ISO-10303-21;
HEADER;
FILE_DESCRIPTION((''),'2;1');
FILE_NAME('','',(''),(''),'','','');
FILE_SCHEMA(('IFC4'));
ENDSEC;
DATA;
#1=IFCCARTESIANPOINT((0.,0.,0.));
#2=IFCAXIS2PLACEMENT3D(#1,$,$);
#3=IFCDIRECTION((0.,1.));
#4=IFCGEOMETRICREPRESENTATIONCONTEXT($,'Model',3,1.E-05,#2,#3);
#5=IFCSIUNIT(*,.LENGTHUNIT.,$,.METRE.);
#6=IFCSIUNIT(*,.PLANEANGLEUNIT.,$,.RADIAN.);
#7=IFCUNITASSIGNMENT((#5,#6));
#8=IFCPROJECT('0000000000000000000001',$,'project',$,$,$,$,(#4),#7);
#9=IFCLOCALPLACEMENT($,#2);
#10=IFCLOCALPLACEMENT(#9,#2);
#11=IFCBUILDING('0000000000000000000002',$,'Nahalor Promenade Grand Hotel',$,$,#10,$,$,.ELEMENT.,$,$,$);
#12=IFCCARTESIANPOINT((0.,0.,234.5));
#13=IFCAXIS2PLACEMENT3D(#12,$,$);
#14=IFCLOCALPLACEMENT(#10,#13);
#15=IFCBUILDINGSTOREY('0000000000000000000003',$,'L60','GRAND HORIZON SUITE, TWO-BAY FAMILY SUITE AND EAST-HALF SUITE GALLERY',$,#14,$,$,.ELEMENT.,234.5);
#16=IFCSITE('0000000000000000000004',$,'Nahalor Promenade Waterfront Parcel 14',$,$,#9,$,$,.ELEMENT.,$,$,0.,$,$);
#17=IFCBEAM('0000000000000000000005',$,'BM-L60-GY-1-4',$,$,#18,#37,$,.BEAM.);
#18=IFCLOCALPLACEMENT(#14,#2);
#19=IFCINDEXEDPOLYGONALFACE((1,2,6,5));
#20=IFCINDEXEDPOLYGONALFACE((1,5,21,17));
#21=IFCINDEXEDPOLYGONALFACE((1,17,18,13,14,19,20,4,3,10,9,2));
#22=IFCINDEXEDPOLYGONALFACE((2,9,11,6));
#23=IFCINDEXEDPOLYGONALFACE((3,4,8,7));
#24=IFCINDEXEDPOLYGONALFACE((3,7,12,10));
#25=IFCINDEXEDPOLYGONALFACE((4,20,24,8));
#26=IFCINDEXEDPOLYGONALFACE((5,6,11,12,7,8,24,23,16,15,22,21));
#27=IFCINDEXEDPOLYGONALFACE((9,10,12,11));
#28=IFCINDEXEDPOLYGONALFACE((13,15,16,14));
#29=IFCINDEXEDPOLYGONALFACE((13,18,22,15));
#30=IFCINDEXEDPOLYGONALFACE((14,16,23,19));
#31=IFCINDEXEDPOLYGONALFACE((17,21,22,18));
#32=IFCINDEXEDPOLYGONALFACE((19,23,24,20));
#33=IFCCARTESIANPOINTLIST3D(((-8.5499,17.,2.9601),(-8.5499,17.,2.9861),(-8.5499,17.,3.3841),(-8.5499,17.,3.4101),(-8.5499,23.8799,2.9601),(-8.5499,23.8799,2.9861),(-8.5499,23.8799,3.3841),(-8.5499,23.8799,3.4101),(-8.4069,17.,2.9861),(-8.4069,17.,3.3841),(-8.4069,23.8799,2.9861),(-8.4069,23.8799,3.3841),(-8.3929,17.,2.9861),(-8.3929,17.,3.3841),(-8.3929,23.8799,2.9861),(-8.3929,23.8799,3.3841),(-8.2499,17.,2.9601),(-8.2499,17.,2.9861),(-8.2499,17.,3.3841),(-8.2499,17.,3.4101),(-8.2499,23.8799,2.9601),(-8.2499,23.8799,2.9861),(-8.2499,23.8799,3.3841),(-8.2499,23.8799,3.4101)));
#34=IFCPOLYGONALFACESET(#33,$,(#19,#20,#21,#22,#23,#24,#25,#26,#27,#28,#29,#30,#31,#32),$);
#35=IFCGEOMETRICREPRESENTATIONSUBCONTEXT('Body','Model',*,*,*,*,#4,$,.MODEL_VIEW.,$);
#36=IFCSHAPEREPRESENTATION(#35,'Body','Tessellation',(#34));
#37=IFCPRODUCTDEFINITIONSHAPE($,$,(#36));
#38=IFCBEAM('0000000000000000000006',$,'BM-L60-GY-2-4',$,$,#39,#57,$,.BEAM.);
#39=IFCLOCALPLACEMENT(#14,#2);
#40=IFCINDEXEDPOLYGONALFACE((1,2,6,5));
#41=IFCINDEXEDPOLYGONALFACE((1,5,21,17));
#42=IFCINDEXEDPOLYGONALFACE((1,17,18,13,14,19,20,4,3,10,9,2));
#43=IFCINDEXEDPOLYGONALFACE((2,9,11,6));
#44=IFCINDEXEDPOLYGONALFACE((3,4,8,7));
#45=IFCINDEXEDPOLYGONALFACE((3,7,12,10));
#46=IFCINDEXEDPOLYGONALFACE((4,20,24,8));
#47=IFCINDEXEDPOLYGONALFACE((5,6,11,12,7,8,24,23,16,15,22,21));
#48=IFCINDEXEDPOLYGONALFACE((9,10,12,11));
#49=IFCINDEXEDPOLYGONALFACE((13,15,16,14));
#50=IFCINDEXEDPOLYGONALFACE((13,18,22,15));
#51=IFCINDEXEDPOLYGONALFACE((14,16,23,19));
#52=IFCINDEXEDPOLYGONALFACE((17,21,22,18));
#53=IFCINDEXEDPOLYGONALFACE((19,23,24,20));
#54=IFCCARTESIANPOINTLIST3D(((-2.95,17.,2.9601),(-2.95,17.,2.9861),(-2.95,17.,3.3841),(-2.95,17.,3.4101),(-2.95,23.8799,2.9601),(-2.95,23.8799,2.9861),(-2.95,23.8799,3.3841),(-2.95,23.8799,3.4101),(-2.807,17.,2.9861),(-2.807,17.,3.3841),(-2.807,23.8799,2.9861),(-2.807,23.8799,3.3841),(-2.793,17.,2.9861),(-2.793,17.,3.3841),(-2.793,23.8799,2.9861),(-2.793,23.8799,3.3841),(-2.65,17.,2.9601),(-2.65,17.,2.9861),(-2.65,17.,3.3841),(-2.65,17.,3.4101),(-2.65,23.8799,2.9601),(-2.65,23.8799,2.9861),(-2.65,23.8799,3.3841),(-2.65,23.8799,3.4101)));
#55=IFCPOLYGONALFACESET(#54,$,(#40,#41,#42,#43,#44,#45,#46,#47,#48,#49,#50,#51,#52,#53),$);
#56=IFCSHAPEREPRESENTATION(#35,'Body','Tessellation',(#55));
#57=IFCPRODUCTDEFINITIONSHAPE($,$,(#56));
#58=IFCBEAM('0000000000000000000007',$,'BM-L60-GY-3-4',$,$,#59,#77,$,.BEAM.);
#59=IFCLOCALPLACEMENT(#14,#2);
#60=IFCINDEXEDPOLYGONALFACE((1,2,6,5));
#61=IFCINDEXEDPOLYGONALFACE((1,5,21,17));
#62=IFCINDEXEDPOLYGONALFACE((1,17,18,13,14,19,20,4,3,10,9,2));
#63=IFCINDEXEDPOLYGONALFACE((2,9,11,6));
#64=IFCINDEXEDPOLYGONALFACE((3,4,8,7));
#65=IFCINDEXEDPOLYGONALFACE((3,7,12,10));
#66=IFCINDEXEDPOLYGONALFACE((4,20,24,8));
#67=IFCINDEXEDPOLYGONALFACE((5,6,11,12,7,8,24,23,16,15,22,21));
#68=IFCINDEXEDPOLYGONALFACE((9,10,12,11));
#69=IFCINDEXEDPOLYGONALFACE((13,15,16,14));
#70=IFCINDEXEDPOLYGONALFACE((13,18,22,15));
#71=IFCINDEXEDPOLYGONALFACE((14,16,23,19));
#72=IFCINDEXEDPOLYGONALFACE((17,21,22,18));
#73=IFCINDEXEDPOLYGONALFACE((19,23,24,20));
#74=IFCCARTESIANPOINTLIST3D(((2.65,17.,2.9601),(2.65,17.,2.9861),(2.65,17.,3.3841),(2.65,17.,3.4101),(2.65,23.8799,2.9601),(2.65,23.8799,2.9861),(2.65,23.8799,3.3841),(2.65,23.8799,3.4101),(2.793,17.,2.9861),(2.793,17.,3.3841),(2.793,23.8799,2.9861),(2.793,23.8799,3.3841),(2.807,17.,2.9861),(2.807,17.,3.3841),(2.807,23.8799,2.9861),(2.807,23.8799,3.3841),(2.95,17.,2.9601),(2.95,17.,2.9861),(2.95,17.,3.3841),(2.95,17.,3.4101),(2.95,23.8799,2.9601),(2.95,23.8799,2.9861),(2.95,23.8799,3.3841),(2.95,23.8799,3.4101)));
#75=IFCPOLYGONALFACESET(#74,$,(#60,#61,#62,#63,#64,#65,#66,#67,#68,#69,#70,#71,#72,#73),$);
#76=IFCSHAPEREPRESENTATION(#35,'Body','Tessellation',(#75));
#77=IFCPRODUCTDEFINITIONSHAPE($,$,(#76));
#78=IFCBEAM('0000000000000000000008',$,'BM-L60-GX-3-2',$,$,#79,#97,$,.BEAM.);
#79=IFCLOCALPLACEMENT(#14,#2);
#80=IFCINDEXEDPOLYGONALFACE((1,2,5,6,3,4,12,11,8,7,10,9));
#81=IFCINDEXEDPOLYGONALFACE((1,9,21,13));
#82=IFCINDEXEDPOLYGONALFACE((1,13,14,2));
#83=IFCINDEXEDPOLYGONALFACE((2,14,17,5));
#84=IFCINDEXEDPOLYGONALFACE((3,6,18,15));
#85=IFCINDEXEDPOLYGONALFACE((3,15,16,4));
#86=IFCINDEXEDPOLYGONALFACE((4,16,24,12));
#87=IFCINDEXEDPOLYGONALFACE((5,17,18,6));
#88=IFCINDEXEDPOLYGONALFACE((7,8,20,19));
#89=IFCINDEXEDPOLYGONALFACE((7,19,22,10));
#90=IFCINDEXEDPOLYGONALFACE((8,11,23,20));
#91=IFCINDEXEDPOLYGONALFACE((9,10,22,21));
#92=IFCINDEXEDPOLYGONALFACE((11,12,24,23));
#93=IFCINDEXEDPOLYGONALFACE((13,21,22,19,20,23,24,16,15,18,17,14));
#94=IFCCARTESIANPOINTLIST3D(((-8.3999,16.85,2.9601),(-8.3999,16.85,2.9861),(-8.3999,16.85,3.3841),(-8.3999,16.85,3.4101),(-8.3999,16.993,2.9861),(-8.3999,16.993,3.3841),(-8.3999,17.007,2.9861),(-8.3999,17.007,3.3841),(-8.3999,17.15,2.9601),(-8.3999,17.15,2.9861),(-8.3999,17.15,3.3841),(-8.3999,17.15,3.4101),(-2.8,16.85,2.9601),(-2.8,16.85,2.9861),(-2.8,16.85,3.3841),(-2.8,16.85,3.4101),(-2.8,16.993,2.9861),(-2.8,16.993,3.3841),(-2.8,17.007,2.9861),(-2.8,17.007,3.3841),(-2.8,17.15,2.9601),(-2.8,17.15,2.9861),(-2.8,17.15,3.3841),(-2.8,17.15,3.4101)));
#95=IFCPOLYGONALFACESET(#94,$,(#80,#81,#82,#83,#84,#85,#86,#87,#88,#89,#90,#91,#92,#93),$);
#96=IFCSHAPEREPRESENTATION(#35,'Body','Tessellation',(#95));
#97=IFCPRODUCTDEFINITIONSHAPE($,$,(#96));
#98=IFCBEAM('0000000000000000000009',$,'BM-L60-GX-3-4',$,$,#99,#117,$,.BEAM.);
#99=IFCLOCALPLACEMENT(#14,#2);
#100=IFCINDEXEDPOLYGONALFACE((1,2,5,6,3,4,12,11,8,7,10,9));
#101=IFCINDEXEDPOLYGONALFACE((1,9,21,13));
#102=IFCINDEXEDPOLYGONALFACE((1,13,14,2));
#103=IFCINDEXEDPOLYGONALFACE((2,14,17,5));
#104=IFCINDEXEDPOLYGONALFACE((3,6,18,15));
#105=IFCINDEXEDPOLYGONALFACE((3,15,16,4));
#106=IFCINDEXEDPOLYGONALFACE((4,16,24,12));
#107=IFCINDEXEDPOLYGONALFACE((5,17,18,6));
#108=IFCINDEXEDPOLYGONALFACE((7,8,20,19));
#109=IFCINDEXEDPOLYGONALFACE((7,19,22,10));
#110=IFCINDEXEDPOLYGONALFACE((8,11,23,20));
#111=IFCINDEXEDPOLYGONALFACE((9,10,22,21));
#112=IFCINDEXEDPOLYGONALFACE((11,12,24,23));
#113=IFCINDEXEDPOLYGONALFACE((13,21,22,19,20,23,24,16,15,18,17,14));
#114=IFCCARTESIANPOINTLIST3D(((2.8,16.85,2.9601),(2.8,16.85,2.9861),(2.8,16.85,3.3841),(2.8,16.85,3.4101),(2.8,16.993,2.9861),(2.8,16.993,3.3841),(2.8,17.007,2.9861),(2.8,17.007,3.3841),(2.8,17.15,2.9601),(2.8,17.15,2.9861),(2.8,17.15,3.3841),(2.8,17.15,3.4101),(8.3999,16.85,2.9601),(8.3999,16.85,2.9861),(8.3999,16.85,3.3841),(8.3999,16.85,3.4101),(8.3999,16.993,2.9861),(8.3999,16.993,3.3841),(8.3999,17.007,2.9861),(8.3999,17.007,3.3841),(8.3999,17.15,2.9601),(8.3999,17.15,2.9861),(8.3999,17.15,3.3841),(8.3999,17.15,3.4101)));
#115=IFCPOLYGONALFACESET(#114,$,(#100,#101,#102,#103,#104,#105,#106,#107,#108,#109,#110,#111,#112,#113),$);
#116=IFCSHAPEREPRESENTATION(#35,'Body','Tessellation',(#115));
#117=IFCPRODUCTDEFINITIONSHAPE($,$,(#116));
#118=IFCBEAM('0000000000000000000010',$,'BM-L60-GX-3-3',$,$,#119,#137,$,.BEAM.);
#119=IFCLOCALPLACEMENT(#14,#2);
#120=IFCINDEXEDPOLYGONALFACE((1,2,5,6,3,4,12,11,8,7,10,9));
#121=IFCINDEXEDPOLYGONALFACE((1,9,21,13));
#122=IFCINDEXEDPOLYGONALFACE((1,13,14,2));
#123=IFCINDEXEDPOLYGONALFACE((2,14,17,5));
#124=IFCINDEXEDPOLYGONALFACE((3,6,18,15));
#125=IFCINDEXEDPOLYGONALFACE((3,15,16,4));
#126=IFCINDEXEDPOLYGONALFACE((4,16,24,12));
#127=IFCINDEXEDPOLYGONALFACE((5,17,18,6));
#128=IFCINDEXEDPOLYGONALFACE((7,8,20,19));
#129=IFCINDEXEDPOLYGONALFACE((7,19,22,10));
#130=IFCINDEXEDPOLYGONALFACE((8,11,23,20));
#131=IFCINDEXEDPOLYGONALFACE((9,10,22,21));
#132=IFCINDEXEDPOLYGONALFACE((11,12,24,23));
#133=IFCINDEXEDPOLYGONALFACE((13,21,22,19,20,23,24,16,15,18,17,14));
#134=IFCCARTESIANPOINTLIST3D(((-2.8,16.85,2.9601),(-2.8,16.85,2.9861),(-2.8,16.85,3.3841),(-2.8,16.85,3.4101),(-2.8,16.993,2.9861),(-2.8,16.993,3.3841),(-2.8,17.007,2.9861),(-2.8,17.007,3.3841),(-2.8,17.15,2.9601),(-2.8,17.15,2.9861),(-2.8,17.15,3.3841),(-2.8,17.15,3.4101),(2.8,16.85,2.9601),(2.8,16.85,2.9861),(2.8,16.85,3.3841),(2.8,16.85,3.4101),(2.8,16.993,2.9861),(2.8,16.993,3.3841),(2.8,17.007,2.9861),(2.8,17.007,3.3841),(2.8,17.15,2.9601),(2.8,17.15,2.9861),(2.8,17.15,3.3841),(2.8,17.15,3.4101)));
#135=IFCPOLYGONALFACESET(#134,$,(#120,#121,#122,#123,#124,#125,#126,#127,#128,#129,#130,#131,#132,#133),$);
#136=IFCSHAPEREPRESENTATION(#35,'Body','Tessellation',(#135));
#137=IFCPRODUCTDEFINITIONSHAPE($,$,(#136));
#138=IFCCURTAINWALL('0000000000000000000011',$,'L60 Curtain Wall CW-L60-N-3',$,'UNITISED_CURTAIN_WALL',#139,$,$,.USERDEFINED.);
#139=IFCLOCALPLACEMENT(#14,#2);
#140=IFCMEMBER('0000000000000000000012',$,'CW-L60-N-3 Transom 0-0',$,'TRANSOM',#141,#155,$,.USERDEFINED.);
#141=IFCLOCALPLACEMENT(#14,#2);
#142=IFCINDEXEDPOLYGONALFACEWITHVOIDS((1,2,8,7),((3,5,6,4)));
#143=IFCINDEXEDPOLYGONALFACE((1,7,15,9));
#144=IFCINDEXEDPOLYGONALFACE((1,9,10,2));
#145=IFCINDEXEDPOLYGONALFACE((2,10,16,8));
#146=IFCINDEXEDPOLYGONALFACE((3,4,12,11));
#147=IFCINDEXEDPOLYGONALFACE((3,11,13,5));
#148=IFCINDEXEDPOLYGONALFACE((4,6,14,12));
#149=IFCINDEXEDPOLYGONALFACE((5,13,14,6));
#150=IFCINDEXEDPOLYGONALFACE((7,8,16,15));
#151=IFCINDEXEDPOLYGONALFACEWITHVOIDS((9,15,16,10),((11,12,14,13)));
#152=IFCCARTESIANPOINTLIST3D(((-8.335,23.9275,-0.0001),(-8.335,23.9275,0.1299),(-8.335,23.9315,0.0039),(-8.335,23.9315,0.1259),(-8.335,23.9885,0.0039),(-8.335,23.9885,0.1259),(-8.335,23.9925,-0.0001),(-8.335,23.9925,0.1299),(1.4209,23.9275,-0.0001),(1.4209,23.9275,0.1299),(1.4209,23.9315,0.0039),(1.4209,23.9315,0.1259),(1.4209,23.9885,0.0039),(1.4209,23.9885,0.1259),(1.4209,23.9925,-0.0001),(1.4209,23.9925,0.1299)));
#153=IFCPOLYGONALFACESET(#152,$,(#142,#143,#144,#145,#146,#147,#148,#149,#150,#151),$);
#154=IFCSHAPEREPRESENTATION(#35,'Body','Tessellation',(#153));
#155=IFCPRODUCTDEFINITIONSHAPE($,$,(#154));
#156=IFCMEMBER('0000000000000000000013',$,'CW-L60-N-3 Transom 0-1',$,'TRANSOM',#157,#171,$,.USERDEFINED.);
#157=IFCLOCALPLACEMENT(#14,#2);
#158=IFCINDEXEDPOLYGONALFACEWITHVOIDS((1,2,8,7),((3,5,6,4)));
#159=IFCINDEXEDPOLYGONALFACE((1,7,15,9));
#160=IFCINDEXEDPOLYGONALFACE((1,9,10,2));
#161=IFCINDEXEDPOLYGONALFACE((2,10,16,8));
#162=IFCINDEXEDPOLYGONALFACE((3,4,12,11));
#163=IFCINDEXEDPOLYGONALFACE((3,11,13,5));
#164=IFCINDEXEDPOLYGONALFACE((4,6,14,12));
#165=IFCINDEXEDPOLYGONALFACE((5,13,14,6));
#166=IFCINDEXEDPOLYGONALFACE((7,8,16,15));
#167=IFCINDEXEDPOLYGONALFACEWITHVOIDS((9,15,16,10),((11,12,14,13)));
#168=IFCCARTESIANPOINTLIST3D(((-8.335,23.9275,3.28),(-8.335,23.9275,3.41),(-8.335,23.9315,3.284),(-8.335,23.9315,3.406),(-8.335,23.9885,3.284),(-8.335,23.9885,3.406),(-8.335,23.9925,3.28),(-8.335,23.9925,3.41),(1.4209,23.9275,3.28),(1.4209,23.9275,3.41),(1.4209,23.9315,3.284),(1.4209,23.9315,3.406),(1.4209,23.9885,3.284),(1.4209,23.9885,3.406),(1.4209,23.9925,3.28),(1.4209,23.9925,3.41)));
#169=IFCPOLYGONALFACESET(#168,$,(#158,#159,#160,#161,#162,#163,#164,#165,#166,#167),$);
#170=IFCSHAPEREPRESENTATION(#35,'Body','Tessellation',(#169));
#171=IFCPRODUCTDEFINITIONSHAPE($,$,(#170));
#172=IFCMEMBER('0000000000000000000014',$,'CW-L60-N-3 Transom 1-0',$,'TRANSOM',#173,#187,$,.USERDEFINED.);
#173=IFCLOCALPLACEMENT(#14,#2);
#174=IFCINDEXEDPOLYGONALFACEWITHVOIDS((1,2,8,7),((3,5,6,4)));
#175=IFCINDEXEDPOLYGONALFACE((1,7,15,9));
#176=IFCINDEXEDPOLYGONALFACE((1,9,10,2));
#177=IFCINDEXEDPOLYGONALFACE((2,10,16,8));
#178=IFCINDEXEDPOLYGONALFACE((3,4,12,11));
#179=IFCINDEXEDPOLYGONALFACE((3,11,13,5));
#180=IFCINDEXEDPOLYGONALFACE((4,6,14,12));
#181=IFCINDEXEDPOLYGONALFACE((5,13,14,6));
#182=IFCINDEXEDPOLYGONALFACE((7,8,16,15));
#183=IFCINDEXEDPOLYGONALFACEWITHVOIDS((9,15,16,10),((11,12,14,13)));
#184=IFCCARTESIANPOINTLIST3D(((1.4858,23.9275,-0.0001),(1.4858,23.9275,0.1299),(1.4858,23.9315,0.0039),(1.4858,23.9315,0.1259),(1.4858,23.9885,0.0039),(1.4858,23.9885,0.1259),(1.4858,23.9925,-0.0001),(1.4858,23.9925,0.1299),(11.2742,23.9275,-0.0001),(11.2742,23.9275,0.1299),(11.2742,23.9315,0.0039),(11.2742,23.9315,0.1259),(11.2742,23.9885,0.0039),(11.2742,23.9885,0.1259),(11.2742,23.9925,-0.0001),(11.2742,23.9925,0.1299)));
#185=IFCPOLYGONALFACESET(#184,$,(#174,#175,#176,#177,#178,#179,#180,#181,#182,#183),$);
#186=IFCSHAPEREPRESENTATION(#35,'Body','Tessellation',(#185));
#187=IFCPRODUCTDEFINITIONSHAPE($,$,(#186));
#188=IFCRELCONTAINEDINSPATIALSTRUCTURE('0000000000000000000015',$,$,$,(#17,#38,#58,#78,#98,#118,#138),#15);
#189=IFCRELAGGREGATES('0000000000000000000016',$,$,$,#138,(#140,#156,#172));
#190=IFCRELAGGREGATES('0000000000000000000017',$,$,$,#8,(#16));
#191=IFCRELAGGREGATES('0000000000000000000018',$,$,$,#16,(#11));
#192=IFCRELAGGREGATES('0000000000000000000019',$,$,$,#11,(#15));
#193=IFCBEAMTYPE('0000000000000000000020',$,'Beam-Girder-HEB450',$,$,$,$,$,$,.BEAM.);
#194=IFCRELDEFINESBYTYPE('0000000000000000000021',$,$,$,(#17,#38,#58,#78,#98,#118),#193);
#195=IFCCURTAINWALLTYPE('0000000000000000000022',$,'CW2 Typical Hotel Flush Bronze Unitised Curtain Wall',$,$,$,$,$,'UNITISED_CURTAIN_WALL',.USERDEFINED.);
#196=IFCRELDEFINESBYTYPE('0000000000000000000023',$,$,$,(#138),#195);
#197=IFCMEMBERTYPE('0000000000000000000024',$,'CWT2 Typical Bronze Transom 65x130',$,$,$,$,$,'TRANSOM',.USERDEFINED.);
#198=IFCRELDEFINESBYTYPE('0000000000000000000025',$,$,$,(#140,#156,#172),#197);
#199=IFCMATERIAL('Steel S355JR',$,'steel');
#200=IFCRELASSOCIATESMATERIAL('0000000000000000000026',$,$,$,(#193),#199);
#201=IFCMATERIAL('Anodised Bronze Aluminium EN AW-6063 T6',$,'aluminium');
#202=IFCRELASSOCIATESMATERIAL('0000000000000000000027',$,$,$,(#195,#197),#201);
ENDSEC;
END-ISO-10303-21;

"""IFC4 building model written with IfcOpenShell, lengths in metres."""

from ifc_helpers import new_model, si_unit, direction, frame, origin, origin_2d, place, context, subcontext, project, spatial, hollow_rectangle, i_section, extrude, source, transform, mapped, material, material_profile, profile_set, type_object, element, aggregate, save


model = new_model("IFC4")

# Units and contexts
model_context = context("Model", 3, precision=1e-05, world=origin(), true_north=direction((0.0, 1.0)))
body_context = subcontext(model_context, "Body", "Model", "MODEL_VIEW")
ifc_project = project(units=[si_unit("LENGTHUNIT", "METRE"), si_unit("PLANEANGLEUNIT", "RADIAN")], contexts=[model_context])

# Site, building, storey
site_placement = place(None, origin())
site = spatial("IfcSite", under=ifc_project, at=site_placement, Name="Nahalor Promenade Waterfront Parcel 14", CompositionType="ELEMENT", RefElevation=0.0)
building_placement = place(site_placement, origin())
building = spatial("IfcBuilding", under=site, at=building_placement, Name="Nahalor Promenade Grand Hotel", CompositionType="ELEMENT")
storey_placement = place(building_placement, frame((0.0, 0.0, 234.5)))
storey = spatial("IfcBuildingStorey", under=building, at=storey_placement, Name="L60", Description="GRAND HORIZON SUITE, TWO-BAY FAMILY SUITE AND EAST-HALF SUITE GALLERY", CompositionType="ELEMENT", Elevation=234.5)

# Shared definitions
ifc_material_1 = material(Name="Steel S355JR", Category="steel")

# Beams
ifc_material_profile_1 = material_profile(ifc_material_1, i_section(OverallWidth=0.3, OverallDepth=0.45, WebThickness=0.014, FlangeThickness=0.026, at=origin_2d()), Name="HEB 450")
ifc_profile_set_1 = profile_set([ifc_material_profile_1], Name="Steel S355JR")
beam_type_1 = type_object("IfcBeamType", Name="Beam-Girder-HEB450", PredefinedType="BEAM", material=ifc_profile_set_1)
shared_shape_1 = source(origin(), body_context, "Body", "SweptSolid", [
    extrude(i_section(OverallWidth=0.3, OverallDepth=0.45, WebThickness=0.014, FlangeThickness=0.026, at=origin_2d()), origin(), (0.0, 0.0, 1.0), 6.8799),
])
for number, where, z_axis, x_axis, name in (
    (1, (-8.3999, 17.0, 3.1851), (0.0, 1.0, 0.0), (-1.0, 0.0, 0.0), "BM-L60-GY-1-4"),
    (2, (-2.8, 17.0, 3.1851), (0.0, 1.0, 0.0), (-1.0, 0.0, 0.0), "BM-L60-GY-2-4"),
    (3, (2.8, 17.0, 3.1851), (0.0, 1.0, 0.0), (-1.0, 0.0, 0.0), "BM-L60-GY-3-4"),
):
    element("IfcBeam", number, at=place(storey_placement, frame(where, z_axis=z_axis, x_axis=x_axis)), inside=storey, type_object=beam_type_1, Name=name, PredefinedType="BEAM", context=body_context, shape_type="MappedRepresentation", body=[
        mapped(shared_shape_1, transform((0.0, 0.0, 0.0), scale=1.0)),
    ])
shared_shape_2 = source(origin(), body_context, "Body", "SweptSolid", [
    extrude(i_section(OverallWidth=0.3, OverallDepth=0.45, WebThickness=0.014, FlangeThickness=0.026, at=origin_2d()), origin(), (0.0, 0.0, 1.0), 5.5999),
])
for number, where, z_axis, x_axis, name in (
    (4, (-8.3999, 17.0, 3.1851), (1.0, 0.0, 0.0), (0.0, 1.0, 0.0), "BM-L60-GX-3-2"),
    (5, (2.8, 17.0, 3.1851), (1.0, 0.0, 0.0), (0.0, 1.0, 0.0), "BM-L60-GX-3-4"),
):
    element("IfcBeam", number, at=place(storey_placement, frame(where, z_axis=z_axis, x_axis=x_axis)), inside=storey, type_object=beam_type_1, Name=name, PredefinedType="BEAM", context=body_context, shape_type="MappedRepresentation", body=[
        mapped(shared_shape_2, transform((0.0, 0.0, 0.0), scale=1.0)),
    ])
shared_shape_3 = source(origin(), body_context, "Body", "SweptSolid", [
    extrude(i_section(OverallWidth=0.3, OverallDepth=0.45, WebThickness=0.014, FlangeThickness=0.026, at=origin_2d()), origin(), (0.0, 0.0, 1.0), 5.6001),
])
beam_1_placement = place(storey_placement, frame((-2.8, 17.0, 3.1851), z_axis=(1.0, 0.0, 0.0), x_axis=(0.0, 1.0, 0.0)))
element("IfcBeam", 6, at=beam_1_placement, inside=storey, type_object=beam_type_1, Name="BM-L60-GX-3-3", PredefinedType="BEAM", context=body_context, shape_type="MappedRepresentation", body=[
    mapped(shared_shape_3, transform((0.0, 0.0, 0.0), scale=1.0)),
])

# Curtain wall, members
ifc_material_2 = material(Name="Anodised Bronze Aluminium EN AW-6063 T6", Category="aluminium")
curtain_wall_type = type_object("IfcCurtainWallType", Name="CW2 Typical Hotel Flush Bronze Unitised Curtain Wall", ElementType="UNITISED_CURTAIN_WALL", PredefinedType="USERDEFINED", material=ifc_material_2)
curtain_wall_placement = place(storey_placement, origin())
curtain_wall = element("IfcCurtainWall", 7, at=curtain_wall_placement, inside=storey, type_object=curtain_wall_type, Name="L60 Curtain Wall CW-L60-N-3", ObjectType="UNITISED_CURTAIN_WALL", PredefinedType="USERDEFINED")
ifc_material_profile_2 = material_profile(ifc_material_2, hollow_rectangle(XDim=0.065, YDim=0.13, WallThickness=0.004, at=origin_2d()), Name="CWT 65x130x4")
ifc_profile_set_2 = profile_set([ifc_material_profile_2], Name="Anodised Bronze Aluminium EN AW-6063 T6")
member_type_1 = type_object("IfcMemberType", Name="CWT2 Typical Bronze Transom 65x130", ElementType="TRANSOM", PredefinedType="USERDEFINED", material=ifc_profile_set_2)
shared_shape_4 = source(origin(), body_context, "Body", "SweptSolid", [
    extrude(hollow_rectangle(XDim=0.065, YDim=0.13, WallThickness=0.004, at=origin_2d()), origin(), (0.0, 0.0, 1.0), 9.7559),
])
member_1_placement = place(storey_placement, frame((-8.335, 23.96, 0.0649), z_axis=(1.0, 0.0, 0.0), x_axis=(0.0, 1.0, 0.0)))
member_1 = element("IfcMember", 8, at=member_1_placement, type_object=member_type_1, Name="CW-L60-N-3 Transom 0-0", ObjectType="TRANSOM", PredefinedType="USERDEFINED", context=body_context, shape_type="MappedRepresentation", body=[
    mapped(shared_shape_4, transform((0.0, 0.0, 0.0), scale=1.0)),
])
member_2_placement = place(storey_placement, frame((-8.335, 23.96, 3.345), z_axis=(1.0, 0.0, 0.0), x_axis=(0.0, 1.0, 0.0)))
member_2 = element("IfcMember", 9, at=member_2_placement, type_object=member_type_1, Name="CW-L60-N-3 Transom 0-1", ObjectType="TRANSOM", PredefinedType="USERDEFINED", context=body_context, shape_type="MappedRepresentation", body=[
    mapped(shared_shape_4, transform((0.0, 0.0, 0.0), scale=1.0)),
])
shared_shape_5 = source(origin(), body_context, "Body", "SweptSolid", [
    extrude(hollow_rectangle(XDim=0.065, YDim=0.13, WallThickness=0.004, at=origin_2d()), origin(), (0.0, 0.0, 1.0), 9.7883),
])
member_3_placement = place(storey_placement, frame((1.4858, 23.96, 0.0649), z_axis=(1.0, 0.0, 0.0), x_axis=(0.0, 1.0, 0.0)))
member_3 = element("IfcMember", 10, at=member_3_placement, type_object=member_type_1, Name="CW-L60-N-3 Transom 1-0", ObjectType="TRANSOM", PredefinedType="USERDEFINED", context=body_context, shape_type="MappedRepresentation", body=[
    mapped(shared_shape_5, transform((0.0, 0.0, 0.0), scale=1.0)),
])
aggregate(curtain_wall, [member_1, member_2, member_3])

save(model, "model.ifc")
